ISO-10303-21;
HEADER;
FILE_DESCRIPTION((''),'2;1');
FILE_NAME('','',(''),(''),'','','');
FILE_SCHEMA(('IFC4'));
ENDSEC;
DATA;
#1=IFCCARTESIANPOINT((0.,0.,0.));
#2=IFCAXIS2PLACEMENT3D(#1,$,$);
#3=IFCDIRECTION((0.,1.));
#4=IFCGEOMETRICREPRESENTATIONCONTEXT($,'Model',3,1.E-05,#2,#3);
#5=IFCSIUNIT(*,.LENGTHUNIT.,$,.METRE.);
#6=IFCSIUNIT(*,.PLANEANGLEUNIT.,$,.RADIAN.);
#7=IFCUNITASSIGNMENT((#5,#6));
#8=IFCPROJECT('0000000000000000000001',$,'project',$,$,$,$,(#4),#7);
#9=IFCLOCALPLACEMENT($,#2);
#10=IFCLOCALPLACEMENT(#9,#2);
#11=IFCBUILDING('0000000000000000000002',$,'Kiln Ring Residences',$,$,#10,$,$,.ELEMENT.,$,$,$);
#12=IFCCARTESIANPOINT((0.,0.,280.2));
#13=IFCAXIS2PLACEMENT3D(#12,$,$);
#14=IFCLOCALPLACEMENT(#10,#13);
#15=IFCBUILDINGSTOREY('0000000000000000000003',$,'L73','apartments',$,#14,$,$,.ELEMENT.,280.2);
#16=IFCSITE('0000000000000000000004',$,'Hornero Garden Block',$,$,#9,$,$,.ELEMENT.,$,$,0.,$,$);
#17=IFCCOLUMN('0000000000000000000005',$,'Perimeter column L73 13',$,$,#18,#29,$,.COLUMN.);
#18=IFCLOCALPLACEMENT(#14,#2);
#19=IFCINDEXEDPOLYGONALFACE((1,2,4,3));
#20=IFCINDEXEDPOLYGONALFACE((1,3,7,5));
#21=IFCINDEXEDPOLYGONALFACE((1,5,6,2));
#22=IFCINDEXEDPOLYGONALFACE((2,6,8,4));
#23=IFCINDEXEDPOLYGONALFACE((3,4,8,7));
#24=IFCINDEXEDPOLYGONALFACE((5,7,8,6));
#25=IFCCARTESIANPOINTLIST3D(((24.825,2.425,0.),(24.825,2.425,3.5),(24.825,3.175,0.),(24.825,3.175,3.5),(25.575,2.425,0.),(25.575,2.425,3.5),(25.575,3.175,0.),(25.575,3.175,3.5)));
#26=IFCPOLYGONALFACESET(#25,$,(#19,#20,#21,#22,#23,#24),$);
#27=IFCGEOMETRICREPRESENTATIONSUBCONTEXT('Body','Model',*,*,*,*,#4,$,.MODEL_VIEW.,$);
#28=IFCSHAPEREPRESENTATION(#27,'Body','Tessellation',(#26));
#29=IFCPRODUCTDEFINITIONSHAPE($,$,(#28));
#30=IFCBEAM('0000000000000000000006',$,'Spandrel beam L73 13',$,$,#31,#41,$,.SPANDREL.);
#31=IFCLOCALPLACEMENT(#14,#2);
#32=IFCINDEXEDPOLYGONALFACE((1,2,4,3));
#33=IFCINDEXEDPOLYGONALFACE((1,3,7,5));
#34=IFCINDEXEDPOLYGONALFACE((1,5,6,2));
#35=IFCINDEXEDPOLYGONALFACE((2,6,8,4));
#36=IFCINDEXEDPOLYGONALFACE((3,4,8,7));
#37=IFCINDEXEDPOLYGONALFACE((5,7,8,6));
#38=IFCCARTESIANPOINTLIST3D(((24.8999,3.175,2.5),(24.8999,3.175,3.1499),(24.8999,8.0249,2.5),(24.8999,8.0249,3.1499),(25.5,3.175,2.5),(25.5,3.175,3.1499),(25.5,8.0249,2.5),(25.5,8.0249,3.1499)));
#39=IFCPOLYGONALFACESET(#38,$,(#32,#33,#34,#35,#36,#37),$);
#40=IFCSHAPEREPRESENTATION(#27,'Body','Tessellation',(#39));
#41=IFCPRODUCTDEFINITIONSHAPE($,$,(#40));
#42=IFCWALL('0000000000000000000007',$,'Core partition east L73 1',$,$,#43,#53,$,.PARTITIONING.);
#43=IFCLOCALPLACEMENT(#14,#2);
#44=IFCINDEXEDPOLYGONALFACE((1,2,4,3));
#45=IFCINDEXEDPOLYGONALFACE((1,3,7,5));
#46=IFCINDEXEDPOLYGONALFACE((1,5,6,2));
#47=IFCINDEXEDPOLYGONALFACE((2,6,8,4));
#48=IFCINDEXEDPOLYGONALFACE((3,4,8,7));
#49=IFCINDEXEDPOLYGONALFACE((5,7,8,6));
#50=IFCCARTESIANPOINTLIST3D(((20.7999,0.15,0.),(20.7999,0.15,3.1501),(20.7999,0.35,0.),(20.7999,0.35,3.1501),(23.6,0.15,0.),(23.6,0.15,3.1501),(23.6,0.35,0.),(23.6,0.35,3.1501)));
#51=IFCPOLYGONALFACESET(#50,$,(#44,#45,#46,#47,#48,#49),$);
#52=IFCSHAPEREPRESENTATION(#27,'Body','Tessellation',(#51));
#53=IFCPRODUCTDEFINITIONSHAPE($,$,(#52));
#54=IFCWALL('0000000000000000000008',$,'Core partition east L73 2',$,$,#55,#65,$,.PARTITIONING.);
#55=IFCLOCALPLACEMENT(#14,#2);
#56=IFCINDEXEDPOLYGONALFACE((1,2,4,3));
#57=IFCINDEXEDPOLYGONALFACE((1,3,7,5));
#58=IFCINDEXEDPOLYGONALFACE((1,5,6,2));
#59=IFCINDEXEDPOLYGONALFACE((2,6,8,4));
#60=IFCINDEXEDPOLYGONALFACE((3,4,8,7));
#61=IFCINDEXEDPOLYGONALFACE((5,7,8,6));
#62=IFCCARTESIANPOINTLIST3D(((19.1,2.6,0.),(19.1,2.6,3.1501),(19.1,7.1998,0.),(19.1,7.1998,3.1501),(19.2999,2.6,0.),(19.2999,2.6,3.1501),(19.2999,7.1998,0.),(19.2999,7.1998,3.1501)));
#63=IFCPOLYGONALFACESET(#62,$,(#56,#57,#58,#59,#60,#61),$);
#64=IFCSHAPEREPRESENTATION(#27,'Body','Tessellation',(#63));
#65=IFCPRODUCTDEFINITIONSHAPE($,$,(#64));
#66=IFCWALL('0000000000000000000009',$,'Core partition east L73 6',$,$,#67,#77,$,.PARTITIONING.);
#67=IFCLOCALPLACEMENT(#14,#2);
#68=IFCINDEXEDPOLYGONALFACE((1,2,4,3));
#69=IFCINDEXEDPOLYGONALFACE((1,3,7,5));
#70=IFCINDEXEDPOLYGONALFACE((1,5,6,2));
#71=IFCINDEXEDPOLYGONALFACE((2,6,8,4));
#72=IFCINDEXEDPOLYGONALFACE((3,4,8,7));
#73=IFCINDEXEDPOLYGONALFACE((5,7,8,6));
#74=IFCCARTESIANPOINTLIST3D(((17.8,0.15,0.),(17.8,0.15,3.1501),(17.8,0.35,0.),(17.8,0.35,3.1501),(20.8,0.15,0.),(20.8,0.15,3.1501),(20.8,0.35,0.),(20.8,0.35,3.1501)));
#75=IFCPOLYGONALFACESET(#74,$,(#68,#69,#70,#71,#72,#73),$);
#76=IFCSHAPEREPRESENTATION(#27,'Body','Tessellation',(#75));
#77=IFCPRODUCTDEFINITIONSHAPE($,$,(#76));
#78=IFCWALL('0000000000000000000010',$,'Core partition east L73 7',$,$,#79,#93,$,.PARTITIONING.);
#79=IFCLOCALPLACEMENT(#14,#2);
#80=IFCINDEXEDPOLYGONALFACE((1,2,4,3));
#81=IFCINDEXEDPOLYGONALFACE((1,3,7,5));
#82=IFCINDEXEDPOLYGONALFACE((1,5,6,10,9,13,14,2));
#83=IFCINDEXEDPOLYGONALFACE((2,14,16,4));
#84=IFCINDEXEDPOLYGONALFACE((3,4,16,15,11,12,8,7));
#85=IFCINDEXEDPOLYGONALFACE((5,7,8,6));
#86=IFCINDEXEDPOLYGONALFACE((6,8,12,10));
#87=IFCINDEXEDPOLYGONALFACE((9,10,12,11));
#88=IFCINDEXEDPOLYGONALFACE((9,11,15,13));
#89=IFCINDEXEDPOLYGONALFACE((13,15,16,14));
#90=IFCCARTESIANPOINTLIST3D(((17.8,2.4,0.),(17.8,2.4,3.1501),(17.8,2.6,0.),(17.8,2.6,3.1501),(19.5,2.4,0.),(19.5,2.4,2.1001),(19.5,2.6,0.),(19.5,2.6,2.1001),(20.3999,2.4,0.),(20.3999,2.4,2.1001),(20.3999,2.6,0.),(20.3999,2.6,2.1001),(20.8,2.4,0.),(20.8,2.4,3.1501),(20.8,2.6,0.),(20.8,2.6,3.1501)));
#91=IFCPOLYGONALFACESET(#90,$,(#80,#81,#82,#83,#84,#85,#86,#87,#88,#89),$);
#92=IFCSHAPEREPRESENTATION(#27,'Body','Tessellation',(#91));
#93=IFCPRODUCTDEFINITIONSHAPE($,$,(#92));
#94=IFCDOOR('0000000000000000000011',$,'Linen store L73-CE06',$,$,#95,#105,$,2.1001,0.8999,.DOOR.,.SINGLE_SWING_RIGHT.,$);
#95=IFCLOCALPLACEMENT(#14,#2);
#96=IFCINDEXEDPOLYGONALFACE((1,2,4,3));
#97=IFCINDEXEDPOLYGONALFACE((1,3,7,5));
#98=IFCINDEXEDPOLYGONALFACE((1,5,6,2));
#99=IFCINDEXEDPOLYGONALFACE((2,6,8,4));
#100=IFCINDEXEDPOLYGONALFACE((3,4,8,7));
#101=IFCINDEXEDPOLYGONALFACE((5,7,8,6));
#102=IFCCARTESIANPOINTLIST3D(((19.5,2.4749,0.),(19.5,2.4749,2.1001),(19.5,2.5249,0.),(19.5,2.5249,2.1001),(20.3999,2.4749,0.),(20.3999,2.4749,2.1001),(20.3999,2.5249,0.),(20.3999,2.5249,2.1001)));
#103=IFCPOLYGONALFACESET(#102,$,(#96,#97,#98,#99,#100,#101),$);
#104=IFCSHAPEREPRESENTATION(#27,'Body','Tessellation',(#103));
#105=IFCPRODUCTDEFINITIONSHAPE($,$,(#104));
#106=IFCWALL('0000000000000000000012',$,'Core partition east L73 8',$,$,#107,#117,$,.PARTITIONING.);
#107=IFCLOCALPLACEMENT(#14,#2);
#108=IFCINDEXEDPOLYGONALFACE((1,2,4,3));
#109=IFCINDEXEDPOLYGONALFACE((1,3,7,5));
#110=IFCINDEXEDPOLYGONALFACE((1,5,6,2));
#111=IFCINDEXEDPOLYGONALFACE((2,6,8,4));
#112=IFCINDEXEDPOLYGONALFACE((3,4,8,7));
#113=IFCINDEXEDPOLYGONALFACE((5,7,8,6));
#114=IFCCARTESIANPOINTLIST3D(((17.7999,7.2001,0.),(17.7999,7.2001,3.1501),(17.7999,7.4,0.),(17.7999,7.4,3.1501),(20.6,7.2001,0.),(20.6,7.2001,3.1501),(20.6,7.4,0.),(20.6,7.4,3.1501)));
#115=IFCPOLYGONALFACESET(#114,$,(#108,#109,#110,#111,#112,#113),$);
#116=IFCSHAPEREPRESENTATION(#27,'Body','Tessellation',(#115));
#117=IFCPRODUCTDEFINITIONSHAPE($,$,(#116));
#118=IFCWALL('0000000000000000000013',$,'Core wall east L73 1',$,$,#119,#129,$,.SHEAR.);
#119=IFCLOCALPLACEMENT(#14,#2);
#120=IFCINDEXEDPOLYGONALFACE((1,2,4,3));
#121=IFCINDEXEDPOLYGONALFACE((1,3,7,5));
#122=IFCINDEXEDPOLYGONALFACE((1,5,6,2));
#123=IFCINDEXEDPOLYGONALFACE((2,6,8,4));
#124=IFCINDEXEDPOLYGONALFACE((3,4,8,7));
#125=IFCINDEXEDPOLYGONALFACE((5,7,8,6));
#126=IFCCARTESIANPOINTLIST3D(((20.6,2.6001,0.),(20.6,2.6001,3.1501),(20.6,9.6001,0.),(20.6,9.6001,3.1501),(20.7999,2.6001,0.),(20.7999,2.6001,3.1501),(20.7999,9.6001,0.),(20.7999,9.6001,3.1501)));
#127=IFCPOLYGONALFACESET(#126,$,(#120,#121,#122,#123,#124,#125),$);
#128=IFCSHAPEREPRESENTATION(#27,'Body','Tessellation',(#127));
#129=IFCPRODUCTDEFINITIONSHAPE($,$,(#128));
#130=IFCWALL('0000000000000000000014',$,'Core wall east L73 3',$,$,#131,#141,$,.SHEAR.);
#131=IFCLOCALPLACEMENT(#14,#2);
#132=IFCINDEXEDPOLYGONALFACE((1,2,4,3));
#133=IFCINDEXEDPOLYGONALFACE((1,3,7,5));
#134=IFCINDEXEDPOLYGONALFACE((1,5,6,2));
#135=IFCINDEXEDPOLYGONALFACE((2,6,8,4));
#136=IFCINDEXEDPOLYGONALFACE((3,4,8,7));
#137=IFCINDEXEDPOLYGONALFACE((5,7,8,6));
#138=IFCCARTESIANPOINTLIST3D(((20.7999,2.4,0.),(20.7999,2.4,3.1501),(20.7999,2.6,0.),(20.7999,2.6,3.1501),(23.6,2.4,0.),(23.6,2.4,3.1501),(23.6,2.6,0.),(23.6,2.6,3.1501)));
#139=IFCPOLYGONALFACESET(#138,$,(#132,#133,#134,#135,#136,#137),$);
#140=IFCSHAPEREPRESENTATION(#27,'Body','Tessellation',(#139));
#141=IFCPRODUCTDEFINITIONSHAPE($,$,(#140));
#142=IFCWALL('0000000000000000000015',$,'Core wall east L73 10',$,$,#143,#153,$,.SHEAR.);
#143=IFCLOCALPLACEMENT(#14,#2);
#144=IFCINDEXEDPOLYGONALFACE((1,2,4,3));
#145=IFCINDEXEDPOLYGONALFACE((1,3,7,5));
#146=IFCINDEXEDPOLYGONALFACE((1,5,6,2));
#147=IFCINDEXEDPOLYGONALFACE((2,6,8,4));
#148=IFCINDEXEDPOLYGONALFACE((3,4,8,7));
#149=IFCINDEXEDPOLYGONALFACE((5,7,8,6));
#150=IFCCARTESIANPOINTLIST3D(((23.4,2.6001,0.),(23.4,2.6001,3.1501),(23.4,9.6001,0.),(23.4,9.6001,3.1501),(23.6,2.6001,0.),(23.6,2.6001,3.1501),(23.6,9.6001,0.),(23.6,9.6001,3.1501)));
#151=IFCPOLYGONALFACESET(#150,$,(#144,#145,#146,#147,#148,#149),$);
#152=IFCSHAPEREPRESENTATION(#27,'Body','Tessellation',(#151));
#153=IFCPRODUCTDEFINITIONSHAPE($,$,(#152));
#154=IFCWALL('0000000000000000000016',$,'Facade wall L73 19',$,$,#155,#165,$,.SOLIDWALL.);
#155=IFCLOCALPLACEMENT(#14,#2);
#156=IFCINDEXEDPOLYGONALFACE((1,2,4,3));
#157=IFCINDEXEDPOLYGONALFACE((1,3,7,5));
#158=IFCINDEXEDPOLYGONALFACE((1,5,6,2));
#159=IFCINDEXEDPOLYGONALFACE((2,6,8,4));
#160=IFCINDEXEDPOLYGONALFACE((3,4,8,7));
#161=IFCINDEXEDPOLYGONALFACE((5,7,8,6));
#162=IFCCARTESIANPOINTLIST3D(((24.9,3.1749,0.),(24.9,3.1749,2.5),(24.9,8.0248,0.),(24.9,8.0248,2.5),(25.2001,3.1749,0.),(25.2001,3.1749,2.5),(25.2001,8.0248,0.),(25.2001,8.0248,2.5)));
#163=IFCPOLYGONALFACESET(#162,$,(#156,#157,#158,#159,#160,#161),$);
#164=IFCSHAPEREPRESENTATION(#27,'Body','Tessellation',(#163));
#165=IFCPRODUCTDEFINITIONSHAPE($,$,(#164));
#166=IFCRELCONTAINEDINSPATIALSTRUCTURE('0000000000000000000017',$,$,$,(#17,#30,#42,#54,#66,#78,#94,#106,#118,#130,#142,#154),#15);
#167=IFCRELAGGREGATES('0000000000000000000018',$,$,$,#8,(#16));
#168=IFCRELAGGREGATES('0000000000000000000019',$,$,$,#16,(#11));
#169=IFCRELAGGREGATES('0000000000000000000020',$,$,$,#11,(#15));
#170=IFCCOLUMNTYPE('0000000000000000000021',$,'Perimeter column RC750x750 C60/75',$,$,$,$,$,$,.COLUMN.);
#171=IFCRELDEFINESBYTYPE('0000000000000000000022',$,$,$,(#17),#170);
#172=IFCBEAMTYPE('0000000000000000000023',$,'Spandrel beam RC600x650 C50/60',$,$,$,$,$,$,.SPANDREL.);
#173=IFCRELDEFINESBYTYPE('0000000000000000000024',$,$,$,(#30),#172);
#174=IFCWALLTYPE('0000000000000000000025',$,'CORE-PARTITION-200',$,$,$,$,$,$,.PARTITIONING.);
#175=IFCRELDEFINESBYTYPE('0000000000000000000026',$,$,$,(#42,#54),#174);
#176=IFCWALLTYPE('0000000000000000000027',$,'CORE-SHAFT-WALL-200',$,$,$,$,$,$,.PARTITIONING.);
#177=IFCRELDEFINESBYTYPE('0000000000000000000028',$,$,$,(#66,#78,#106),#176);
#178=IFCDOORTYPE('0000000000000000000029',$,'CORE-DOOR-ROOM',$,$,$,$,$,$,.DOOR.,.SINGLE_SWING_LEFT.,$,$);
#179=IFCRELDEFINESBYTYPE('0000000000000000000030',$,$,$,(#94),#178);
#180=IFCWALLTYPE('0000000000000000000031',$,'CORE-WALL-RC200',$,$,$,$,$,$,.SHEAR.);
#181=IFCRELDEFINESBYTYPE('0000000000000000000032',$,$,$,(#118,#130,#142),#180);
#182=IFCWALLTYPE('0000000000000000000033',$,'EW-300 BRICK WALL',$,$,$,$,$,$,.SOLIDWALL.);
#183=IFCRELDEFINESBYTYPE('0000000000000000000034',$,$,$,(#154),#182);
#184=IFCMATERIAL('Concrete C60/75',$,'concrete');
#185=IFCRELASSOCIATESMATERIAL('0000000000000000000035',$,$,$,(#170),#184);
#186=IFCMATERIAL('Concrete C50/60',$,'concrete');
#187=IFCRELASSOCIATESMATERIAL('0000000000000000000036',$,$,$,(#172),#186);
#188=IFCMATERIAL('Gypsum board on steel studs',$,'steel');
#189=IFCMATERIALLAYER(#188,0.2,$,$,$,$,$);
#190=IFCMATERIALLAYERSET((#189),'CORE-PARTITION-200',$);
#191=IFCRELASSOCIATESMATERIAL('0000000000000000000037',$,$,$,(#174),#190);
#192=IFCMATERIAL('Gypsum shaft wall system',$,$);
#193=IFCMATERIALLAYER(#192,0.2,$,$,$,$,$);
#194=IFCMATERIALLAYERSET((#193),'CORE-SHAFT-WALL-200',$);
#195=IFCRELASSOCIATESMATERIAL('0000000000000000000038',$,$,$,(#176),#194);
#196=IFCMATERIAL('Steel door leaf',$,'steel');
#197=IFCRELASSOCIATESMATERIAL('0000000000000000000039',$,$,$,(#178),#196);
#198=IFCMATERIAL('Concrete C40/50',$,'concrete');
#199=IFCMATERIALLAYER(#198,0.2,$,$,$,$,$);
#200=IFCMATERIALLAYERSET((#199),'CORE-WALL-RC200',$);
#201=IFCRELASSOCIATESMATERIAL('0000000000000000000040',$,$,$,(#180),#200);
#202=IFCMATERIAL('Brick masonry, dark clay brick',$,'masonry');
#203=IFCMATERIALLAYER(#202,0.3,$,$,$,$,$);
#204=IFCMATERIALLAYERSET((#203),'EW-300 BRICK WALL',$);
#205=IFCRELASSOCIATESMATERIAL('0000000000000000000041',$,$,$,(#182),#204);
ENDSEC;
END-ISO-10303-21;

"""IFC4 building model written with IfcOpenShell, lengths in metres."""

from ifc_helpers import new_model, si_unit, direction, frame, frame_2d, origin, origin_2d, place, context, subcontext, project, spatial, rectangle, extrude, material, layer, layer_set, material_profile, profile_set, type_object, element, fill, save


model = new_model("IFC4")

# Units and contexts
model_context = context("Model", 3, precision=1e-05, world=origin(), true_north=direction((0.0, 1.0)))
body_context = subcontext(model_context, "Body", "Model", "MODEL_VIEW")
ifc_project = project(units=[si_unit("LENGTHUNIT", "METRE"), si_unit("PLANEANGLEUNIT", "RADIAN")], contexts=[model_context])

# Site, building, storey
site_placement = place(None, origin())
site = spatial("IfcSite", under=ifc_project, at=site_placement, Name="Hornero Garden Block", CompositionType="ELEMENT", RefElevation=0.0)
building_placement = place(site_placement, origin())
building = spatial("IfcBuilding", under=site, at=building_placement, Name="Kiln Ring Residences", CompositionType="ELEMENT")
storey_placement = place(building_placement, frame((0.0, 0.0, 280.2)))
storey = spatial("IfcBuildingStorey", under=building, at=storey_placement, Name="L73", Description="apartments", CompositionType="ELEMENT", Elevation=280.2)

# Column
ifc_material_1 = material(Name="Concrete C60/75", Category="concrete")
ifc_material_profile_1 = material_profile(ifc_material_1, rectangle(XDim=0.75, YDim=0.75, at=origin_2d()), Name="RC750x750")
ifc_profile_set_1 = profile_set([ifc_material_profile_1], Name="Concrete C60/75")
column_type = type_object("IfcColumnType", Name="Perimeter column RC750x750 C60/75", PredefinedType="COLUMN", material=ifc_profile_set_1)
column_placement = place(storey_placement, frame((25.2, 2.8, 0.0), z_axis=(0.0, 0.0, 1.0), x_axis=(1.0, 0.0, 0.0)))
element("IfcColumn", 1, at=column_placement, inside=storey, type_object=column_type, Name="Perimeter column L73 13", PredefinedType="COLUMN", context=body_context, shape_type="SweptSolid", body=[
    extrude(rectangle(XDim=0.75, YDim=0.75, at=origin_2d()), origin(), (0.0, 0.0, 1.0), 3.5),
])

# Beam
ifc_material_2 = material(Name="Concrete C50/60", Category="concrete")
ifc_material_profile_2 = material_profile(ifc_material_2, rectangle(XDim=0.6001, YDim=0.6499, at=origin_2d()), Name="RC600x650")
ifc_profile_set_2 = profile_set([ifc_material_profile_2], Name="Concrete C50/60")
beam_type = type_object("IfcBeamType", Name="Spandrel beam RC600x650 C50/60", PredefinedType="SPANDREL", material=ifc_profile_set_2)
beam_placement = place(storey_placement, frame((25.2, 3.175, 2.825), z_axis=(0.0, 1.0, 0.0), x_axis=(-1.0, 0.0, 0.0)))
element("IfcBeam", 2, at=beam_placement, inside=storey, type_object=beam_type, Name="Spandrel beam L73 13", PredefinedType="SPANDREL", context=body_context, shape_type="SweptSolid", body=[
    extrude(rectangle(XDim=0.6001, YDim=0.6499, at=origin_2d()), origin(), (0.0, 0.0, 1.0), 4.8499),
])

# Walls
ifc_material_3 = material(Name="Gypsum board on steel studs", Category="steel")
ifc_layer_1 = layer(ifc_material_3, 0.2)
ifc_layer_set_1 = layer_set([ifc_layer_1], Name="CORE-PARTITION-200")
wall_type_1 = type_object("IfcWallType", Name="CORE-PARTITION-200", PredefinedType="PARTITIONING", material=ifc_layer_set_1)
wall_1_placement = place(storey_placement, frame((20.8, 0.25, 0.0), z_axis=(0.0, 0.0, 1.0), x_axis=(1.0, 0.0, 0.0)))
element("IfcWall", 3, at=wall_1_placement, inside=storey, type_object=wall_type_1, Name="Core partition east L73 1", PredefinedType="PARTITIONING", context=body_context, shape_type="SweptSolid", body=[
    extrude(rectangle(XDim=2.8, YDim=0.2, at=frame_2d((1.3999, 0.0))), origin(), (0.0, 0.0, 1.0), 3.1501),
])
wall_2_placement = place(storey_placement, frame((19.2, 2.6001, 0.0), z_axis=(0.0, 0.0, 1.0), x_axis=(0.0, 1.0, 0.0)))
element("IfcWall", 4, at=wall_2_placement, inside=storey, type_object=wall_type_1, Name="Core partition east L73 2", PredefinedType="PARTITIONING", context=body_context, shape_type="SweptSolid", body=[
    extrude(rectangle(XDim=4.5999, YDim=0.2, at=frame_2d((2.2998, 0.0))), origin(), (0.0, 0.0, 1.0), 3.1501),
])
ifc_material_4 = material(Name="Gypsum shaft wall system")
ifc_layer_2 = layer(ifc_material_4, 0.2)
ifc_layer_set_2 = layer_set([ifc_layer_2], Name="CORE-SHAFT-WALL-200")
wall_type_2 = type_object("IfcWallType", Name="CORE-SHAFT-WALL-200", PredefinedType="PARTITIONING", material=ifc_layer_set_2)
wall_3_placement = place(storey_placement, frame((17.8, 0.25, 0.0), z_axis=(0.0, 0.0, 1.0), x_axis=(1.0, 0.0, 0.0)))
element("IfcWall", 5, at=wall_3_placement, inside=storey, type_object=wall_type_2, Name="Core partition east L73 6", PredefinedType="PARTITIONING", context=body_context, shape_type="SweptSolid", body=[
    extrude(rectangle(XDim=3.0, YDim=0.2, at=frame_2d((1.5, 0.0))), origin(), (0.0, 0.0, 1.0), 3.1501),
])

# Wall, opening, door
wall_4_placement = place(storey_placement, frame((17.8, 2.5, 0.0), z_axis=(0.0, 0.0, 1.0), x_axis=(1.0, 0.0, 0.0)))
wall_4 = element("IfcWall", 6, at=wall_4_placement, inside=storey, type_object=wall_type_2, Name="Core partition east L73 7", PredefinedType="PARTITIONING", context=body_context, shape_type="SweptSolid", body=[
    extrude(rectangle(XDim=3.0, YDim=0.2, at=frame_2d((1.5, 0.0))), origin(), (0.0, 0.0, 1.0), 3.1501),
])
opening_placement = place(wall_4_placement, frame((1.7, 0.0, 0.0)))
opening = element("IfcOpeningElement", 7, at=opening_placement, cuts=wall_4, PredefinedType="OPENING", context=body_context, shape_type="SweptSolid", body=[
    extrude(rectangle(XDim=0.8999, YDim=2.1001, at=frame_2d((0.45, 1.05))), frame((0.0, 0.1099, 0.0), z_axis=(0.0, -1.0, 0.0), x_axis=(1.0, 0.0, 0.0)), (0.0, 0.0, 1.0), 0.22),
])
ifc_material_5 = material(Name="Steel door leaf", Category="steel")
door_type = type_object("IfcDoorType", Name="CORE-DOOR-ROOM", OperationType="SINGLE_SWING_LEFT", PredefinedType="DOOR", material=ifc_material_5)
door_placement = place(opening_placement, origin())
door = element("IfcDoor", 8, at=door_placement, inside=storey, type_object=door_type, Name="Linen store L73-CE06", OperationType="SINGLE_SWING_RIGHT", OverallHeight=2.1001, OverallWidth=0.8999, PredefinedType="DOOR", context=body_context, shape_type="SweptSolid", body=[
    extrude(rectangle(XDim=0.8999, YDim=2.1001, at=frame_2d((0.45, 1.05))), frame((0.0, 0.0249, 0.0), z_axis=(0.0, -1.0, 0.0), x_axis=(1.0, 0.0, 0.0)), (0.0, 0.0, 1.0), 0.05),
])
fill(opening, door)

# Walls
wall_5_placement = place(storey_placement, frame((17.8, 7.3, 0.0), z_axis=(0.0, 0.0, 1.0), x_axis=(1.0, 0.0, 0.0)))
element("IfcWall", 9, at=wall_5_placement, inside=storey, type_object=wall_type_2, Name="Core partition east L73 8", PredefinedType="PARTITIONING", context=body_context, shape_type="SweptSolid", body=[
    extrude(rectangle(XDim=2.8, YDim=0.2, at=frame_2d((1.3999, 0.0))), origin(), (0.0, 0.0, 1.0), 3.1501),
])
ifc_material_6 = material(Name="Concrete C40/50", Category="concrete")
ifc_layer_3 = layer(ifc_material_6, 0.2)
ifc_layer_set_3 = layer_set([ifc_layer_3], Name="CORE-WALL-RC200")
wall_type_3 = type_object("IfcWallType", Name="CORE-WALL-RC200", PredefinedType="SHEAR", material=ifc_layer_set_3)
wall_6_placement = place(storey_placement, frame((20.7, 2.6001, 0.0), z_axis=(0.0, 0.0, 1.0), x_axis=(0.0, 1.0, 0.0)))
element("IfcWall", 10, at=wall_6_placement, inside=storey, type_object=wall_type_3, Name="Core wall east L73 1", PredefinedType="SHEAR", context=body_context, shape_type="SweptSolid", body=[
    extrude(rectangle(XDim=7.0, YDim=0.2, at=frame_2d((3.5, 0.0))), origin(), (0.0, 0.0, 1.0), 3.1501),
])
wall_7_placement = place(storey_placement, frame((20.8, 2.5, 0.0), z_axis=(0.0, 0.0, 1.0), x_axis=(1.0, 0.0, 0.0)))
element("IfcWall", 11, at=wall_7_placement, inside=storey, type_object=wall_type_3, Name="Core wall east L73 3", PredefinedType="SHEAR", context=body_context, shape_type="SweptSolid", body=[
    extrude(rectangle(XDim=2.8, YDim=0.2, at=frame_2d((1.3999, 0.0))), origin(), (0.0, 0.0, 1.0), 3.1501),
])
wall_8_placement = place(storey_placement, frame((23.5, 2.6001, 0.0), z_axis=(0.0, 0.0, 1.0), x_axis=(0.0, 1.0, 0.0)))
element("IfcWall", 12, at=wall_8_placement, inside=storey, type_object=wall_type_3, Name="Core wall east L73 10", PredefinedType="SHEAR", context=body_context, shape_type="SweptSolid", body=[
    extrude(rectangle(XDim=7.0, YDim=0.2, at=frame_2d((3.5, 0.0))), origin(), (0.0, 0.0, 1.0), 3.1501),
])
ifc_material_7 = material(Name="Brick masonry, dark clay brick", Category="masonry")
ifc_layer_4 = layer(ifc_material_7, 0.3)
ifc_layer_set_4 = layer_set([ifc_layer_4], Name="EW-300 BRICK WALL")
wall_type_4 = type_object("IfcWallType", Name="EW-300 BRICK WALL", PredefinedType="SOLIDWALL", material=ifc_layer_set_4)
wall_9_placement = place(storey_placement, frame((25.05, 3.175, 0.0), z_axis=(0.0, 0.0, 1.0), x_axis=(0.0, 1.0, 0.0)))
element("IfcWall", 13, at=wall_9_placement, inside=storey, type_object=wall_type_4, Name="Facade wall L73 19", PredefinedType="SOLIDWALL", context=body_context, shape_type="SweptSolid", body=[
    extrude(rectangle(XDim=4.8499, YDim=0.3, at=frame_2d((2.4248, 0.0))), origin(), (0.0, 0.0, 1.0), 2.5),
])

save(model, "model.ifc")
